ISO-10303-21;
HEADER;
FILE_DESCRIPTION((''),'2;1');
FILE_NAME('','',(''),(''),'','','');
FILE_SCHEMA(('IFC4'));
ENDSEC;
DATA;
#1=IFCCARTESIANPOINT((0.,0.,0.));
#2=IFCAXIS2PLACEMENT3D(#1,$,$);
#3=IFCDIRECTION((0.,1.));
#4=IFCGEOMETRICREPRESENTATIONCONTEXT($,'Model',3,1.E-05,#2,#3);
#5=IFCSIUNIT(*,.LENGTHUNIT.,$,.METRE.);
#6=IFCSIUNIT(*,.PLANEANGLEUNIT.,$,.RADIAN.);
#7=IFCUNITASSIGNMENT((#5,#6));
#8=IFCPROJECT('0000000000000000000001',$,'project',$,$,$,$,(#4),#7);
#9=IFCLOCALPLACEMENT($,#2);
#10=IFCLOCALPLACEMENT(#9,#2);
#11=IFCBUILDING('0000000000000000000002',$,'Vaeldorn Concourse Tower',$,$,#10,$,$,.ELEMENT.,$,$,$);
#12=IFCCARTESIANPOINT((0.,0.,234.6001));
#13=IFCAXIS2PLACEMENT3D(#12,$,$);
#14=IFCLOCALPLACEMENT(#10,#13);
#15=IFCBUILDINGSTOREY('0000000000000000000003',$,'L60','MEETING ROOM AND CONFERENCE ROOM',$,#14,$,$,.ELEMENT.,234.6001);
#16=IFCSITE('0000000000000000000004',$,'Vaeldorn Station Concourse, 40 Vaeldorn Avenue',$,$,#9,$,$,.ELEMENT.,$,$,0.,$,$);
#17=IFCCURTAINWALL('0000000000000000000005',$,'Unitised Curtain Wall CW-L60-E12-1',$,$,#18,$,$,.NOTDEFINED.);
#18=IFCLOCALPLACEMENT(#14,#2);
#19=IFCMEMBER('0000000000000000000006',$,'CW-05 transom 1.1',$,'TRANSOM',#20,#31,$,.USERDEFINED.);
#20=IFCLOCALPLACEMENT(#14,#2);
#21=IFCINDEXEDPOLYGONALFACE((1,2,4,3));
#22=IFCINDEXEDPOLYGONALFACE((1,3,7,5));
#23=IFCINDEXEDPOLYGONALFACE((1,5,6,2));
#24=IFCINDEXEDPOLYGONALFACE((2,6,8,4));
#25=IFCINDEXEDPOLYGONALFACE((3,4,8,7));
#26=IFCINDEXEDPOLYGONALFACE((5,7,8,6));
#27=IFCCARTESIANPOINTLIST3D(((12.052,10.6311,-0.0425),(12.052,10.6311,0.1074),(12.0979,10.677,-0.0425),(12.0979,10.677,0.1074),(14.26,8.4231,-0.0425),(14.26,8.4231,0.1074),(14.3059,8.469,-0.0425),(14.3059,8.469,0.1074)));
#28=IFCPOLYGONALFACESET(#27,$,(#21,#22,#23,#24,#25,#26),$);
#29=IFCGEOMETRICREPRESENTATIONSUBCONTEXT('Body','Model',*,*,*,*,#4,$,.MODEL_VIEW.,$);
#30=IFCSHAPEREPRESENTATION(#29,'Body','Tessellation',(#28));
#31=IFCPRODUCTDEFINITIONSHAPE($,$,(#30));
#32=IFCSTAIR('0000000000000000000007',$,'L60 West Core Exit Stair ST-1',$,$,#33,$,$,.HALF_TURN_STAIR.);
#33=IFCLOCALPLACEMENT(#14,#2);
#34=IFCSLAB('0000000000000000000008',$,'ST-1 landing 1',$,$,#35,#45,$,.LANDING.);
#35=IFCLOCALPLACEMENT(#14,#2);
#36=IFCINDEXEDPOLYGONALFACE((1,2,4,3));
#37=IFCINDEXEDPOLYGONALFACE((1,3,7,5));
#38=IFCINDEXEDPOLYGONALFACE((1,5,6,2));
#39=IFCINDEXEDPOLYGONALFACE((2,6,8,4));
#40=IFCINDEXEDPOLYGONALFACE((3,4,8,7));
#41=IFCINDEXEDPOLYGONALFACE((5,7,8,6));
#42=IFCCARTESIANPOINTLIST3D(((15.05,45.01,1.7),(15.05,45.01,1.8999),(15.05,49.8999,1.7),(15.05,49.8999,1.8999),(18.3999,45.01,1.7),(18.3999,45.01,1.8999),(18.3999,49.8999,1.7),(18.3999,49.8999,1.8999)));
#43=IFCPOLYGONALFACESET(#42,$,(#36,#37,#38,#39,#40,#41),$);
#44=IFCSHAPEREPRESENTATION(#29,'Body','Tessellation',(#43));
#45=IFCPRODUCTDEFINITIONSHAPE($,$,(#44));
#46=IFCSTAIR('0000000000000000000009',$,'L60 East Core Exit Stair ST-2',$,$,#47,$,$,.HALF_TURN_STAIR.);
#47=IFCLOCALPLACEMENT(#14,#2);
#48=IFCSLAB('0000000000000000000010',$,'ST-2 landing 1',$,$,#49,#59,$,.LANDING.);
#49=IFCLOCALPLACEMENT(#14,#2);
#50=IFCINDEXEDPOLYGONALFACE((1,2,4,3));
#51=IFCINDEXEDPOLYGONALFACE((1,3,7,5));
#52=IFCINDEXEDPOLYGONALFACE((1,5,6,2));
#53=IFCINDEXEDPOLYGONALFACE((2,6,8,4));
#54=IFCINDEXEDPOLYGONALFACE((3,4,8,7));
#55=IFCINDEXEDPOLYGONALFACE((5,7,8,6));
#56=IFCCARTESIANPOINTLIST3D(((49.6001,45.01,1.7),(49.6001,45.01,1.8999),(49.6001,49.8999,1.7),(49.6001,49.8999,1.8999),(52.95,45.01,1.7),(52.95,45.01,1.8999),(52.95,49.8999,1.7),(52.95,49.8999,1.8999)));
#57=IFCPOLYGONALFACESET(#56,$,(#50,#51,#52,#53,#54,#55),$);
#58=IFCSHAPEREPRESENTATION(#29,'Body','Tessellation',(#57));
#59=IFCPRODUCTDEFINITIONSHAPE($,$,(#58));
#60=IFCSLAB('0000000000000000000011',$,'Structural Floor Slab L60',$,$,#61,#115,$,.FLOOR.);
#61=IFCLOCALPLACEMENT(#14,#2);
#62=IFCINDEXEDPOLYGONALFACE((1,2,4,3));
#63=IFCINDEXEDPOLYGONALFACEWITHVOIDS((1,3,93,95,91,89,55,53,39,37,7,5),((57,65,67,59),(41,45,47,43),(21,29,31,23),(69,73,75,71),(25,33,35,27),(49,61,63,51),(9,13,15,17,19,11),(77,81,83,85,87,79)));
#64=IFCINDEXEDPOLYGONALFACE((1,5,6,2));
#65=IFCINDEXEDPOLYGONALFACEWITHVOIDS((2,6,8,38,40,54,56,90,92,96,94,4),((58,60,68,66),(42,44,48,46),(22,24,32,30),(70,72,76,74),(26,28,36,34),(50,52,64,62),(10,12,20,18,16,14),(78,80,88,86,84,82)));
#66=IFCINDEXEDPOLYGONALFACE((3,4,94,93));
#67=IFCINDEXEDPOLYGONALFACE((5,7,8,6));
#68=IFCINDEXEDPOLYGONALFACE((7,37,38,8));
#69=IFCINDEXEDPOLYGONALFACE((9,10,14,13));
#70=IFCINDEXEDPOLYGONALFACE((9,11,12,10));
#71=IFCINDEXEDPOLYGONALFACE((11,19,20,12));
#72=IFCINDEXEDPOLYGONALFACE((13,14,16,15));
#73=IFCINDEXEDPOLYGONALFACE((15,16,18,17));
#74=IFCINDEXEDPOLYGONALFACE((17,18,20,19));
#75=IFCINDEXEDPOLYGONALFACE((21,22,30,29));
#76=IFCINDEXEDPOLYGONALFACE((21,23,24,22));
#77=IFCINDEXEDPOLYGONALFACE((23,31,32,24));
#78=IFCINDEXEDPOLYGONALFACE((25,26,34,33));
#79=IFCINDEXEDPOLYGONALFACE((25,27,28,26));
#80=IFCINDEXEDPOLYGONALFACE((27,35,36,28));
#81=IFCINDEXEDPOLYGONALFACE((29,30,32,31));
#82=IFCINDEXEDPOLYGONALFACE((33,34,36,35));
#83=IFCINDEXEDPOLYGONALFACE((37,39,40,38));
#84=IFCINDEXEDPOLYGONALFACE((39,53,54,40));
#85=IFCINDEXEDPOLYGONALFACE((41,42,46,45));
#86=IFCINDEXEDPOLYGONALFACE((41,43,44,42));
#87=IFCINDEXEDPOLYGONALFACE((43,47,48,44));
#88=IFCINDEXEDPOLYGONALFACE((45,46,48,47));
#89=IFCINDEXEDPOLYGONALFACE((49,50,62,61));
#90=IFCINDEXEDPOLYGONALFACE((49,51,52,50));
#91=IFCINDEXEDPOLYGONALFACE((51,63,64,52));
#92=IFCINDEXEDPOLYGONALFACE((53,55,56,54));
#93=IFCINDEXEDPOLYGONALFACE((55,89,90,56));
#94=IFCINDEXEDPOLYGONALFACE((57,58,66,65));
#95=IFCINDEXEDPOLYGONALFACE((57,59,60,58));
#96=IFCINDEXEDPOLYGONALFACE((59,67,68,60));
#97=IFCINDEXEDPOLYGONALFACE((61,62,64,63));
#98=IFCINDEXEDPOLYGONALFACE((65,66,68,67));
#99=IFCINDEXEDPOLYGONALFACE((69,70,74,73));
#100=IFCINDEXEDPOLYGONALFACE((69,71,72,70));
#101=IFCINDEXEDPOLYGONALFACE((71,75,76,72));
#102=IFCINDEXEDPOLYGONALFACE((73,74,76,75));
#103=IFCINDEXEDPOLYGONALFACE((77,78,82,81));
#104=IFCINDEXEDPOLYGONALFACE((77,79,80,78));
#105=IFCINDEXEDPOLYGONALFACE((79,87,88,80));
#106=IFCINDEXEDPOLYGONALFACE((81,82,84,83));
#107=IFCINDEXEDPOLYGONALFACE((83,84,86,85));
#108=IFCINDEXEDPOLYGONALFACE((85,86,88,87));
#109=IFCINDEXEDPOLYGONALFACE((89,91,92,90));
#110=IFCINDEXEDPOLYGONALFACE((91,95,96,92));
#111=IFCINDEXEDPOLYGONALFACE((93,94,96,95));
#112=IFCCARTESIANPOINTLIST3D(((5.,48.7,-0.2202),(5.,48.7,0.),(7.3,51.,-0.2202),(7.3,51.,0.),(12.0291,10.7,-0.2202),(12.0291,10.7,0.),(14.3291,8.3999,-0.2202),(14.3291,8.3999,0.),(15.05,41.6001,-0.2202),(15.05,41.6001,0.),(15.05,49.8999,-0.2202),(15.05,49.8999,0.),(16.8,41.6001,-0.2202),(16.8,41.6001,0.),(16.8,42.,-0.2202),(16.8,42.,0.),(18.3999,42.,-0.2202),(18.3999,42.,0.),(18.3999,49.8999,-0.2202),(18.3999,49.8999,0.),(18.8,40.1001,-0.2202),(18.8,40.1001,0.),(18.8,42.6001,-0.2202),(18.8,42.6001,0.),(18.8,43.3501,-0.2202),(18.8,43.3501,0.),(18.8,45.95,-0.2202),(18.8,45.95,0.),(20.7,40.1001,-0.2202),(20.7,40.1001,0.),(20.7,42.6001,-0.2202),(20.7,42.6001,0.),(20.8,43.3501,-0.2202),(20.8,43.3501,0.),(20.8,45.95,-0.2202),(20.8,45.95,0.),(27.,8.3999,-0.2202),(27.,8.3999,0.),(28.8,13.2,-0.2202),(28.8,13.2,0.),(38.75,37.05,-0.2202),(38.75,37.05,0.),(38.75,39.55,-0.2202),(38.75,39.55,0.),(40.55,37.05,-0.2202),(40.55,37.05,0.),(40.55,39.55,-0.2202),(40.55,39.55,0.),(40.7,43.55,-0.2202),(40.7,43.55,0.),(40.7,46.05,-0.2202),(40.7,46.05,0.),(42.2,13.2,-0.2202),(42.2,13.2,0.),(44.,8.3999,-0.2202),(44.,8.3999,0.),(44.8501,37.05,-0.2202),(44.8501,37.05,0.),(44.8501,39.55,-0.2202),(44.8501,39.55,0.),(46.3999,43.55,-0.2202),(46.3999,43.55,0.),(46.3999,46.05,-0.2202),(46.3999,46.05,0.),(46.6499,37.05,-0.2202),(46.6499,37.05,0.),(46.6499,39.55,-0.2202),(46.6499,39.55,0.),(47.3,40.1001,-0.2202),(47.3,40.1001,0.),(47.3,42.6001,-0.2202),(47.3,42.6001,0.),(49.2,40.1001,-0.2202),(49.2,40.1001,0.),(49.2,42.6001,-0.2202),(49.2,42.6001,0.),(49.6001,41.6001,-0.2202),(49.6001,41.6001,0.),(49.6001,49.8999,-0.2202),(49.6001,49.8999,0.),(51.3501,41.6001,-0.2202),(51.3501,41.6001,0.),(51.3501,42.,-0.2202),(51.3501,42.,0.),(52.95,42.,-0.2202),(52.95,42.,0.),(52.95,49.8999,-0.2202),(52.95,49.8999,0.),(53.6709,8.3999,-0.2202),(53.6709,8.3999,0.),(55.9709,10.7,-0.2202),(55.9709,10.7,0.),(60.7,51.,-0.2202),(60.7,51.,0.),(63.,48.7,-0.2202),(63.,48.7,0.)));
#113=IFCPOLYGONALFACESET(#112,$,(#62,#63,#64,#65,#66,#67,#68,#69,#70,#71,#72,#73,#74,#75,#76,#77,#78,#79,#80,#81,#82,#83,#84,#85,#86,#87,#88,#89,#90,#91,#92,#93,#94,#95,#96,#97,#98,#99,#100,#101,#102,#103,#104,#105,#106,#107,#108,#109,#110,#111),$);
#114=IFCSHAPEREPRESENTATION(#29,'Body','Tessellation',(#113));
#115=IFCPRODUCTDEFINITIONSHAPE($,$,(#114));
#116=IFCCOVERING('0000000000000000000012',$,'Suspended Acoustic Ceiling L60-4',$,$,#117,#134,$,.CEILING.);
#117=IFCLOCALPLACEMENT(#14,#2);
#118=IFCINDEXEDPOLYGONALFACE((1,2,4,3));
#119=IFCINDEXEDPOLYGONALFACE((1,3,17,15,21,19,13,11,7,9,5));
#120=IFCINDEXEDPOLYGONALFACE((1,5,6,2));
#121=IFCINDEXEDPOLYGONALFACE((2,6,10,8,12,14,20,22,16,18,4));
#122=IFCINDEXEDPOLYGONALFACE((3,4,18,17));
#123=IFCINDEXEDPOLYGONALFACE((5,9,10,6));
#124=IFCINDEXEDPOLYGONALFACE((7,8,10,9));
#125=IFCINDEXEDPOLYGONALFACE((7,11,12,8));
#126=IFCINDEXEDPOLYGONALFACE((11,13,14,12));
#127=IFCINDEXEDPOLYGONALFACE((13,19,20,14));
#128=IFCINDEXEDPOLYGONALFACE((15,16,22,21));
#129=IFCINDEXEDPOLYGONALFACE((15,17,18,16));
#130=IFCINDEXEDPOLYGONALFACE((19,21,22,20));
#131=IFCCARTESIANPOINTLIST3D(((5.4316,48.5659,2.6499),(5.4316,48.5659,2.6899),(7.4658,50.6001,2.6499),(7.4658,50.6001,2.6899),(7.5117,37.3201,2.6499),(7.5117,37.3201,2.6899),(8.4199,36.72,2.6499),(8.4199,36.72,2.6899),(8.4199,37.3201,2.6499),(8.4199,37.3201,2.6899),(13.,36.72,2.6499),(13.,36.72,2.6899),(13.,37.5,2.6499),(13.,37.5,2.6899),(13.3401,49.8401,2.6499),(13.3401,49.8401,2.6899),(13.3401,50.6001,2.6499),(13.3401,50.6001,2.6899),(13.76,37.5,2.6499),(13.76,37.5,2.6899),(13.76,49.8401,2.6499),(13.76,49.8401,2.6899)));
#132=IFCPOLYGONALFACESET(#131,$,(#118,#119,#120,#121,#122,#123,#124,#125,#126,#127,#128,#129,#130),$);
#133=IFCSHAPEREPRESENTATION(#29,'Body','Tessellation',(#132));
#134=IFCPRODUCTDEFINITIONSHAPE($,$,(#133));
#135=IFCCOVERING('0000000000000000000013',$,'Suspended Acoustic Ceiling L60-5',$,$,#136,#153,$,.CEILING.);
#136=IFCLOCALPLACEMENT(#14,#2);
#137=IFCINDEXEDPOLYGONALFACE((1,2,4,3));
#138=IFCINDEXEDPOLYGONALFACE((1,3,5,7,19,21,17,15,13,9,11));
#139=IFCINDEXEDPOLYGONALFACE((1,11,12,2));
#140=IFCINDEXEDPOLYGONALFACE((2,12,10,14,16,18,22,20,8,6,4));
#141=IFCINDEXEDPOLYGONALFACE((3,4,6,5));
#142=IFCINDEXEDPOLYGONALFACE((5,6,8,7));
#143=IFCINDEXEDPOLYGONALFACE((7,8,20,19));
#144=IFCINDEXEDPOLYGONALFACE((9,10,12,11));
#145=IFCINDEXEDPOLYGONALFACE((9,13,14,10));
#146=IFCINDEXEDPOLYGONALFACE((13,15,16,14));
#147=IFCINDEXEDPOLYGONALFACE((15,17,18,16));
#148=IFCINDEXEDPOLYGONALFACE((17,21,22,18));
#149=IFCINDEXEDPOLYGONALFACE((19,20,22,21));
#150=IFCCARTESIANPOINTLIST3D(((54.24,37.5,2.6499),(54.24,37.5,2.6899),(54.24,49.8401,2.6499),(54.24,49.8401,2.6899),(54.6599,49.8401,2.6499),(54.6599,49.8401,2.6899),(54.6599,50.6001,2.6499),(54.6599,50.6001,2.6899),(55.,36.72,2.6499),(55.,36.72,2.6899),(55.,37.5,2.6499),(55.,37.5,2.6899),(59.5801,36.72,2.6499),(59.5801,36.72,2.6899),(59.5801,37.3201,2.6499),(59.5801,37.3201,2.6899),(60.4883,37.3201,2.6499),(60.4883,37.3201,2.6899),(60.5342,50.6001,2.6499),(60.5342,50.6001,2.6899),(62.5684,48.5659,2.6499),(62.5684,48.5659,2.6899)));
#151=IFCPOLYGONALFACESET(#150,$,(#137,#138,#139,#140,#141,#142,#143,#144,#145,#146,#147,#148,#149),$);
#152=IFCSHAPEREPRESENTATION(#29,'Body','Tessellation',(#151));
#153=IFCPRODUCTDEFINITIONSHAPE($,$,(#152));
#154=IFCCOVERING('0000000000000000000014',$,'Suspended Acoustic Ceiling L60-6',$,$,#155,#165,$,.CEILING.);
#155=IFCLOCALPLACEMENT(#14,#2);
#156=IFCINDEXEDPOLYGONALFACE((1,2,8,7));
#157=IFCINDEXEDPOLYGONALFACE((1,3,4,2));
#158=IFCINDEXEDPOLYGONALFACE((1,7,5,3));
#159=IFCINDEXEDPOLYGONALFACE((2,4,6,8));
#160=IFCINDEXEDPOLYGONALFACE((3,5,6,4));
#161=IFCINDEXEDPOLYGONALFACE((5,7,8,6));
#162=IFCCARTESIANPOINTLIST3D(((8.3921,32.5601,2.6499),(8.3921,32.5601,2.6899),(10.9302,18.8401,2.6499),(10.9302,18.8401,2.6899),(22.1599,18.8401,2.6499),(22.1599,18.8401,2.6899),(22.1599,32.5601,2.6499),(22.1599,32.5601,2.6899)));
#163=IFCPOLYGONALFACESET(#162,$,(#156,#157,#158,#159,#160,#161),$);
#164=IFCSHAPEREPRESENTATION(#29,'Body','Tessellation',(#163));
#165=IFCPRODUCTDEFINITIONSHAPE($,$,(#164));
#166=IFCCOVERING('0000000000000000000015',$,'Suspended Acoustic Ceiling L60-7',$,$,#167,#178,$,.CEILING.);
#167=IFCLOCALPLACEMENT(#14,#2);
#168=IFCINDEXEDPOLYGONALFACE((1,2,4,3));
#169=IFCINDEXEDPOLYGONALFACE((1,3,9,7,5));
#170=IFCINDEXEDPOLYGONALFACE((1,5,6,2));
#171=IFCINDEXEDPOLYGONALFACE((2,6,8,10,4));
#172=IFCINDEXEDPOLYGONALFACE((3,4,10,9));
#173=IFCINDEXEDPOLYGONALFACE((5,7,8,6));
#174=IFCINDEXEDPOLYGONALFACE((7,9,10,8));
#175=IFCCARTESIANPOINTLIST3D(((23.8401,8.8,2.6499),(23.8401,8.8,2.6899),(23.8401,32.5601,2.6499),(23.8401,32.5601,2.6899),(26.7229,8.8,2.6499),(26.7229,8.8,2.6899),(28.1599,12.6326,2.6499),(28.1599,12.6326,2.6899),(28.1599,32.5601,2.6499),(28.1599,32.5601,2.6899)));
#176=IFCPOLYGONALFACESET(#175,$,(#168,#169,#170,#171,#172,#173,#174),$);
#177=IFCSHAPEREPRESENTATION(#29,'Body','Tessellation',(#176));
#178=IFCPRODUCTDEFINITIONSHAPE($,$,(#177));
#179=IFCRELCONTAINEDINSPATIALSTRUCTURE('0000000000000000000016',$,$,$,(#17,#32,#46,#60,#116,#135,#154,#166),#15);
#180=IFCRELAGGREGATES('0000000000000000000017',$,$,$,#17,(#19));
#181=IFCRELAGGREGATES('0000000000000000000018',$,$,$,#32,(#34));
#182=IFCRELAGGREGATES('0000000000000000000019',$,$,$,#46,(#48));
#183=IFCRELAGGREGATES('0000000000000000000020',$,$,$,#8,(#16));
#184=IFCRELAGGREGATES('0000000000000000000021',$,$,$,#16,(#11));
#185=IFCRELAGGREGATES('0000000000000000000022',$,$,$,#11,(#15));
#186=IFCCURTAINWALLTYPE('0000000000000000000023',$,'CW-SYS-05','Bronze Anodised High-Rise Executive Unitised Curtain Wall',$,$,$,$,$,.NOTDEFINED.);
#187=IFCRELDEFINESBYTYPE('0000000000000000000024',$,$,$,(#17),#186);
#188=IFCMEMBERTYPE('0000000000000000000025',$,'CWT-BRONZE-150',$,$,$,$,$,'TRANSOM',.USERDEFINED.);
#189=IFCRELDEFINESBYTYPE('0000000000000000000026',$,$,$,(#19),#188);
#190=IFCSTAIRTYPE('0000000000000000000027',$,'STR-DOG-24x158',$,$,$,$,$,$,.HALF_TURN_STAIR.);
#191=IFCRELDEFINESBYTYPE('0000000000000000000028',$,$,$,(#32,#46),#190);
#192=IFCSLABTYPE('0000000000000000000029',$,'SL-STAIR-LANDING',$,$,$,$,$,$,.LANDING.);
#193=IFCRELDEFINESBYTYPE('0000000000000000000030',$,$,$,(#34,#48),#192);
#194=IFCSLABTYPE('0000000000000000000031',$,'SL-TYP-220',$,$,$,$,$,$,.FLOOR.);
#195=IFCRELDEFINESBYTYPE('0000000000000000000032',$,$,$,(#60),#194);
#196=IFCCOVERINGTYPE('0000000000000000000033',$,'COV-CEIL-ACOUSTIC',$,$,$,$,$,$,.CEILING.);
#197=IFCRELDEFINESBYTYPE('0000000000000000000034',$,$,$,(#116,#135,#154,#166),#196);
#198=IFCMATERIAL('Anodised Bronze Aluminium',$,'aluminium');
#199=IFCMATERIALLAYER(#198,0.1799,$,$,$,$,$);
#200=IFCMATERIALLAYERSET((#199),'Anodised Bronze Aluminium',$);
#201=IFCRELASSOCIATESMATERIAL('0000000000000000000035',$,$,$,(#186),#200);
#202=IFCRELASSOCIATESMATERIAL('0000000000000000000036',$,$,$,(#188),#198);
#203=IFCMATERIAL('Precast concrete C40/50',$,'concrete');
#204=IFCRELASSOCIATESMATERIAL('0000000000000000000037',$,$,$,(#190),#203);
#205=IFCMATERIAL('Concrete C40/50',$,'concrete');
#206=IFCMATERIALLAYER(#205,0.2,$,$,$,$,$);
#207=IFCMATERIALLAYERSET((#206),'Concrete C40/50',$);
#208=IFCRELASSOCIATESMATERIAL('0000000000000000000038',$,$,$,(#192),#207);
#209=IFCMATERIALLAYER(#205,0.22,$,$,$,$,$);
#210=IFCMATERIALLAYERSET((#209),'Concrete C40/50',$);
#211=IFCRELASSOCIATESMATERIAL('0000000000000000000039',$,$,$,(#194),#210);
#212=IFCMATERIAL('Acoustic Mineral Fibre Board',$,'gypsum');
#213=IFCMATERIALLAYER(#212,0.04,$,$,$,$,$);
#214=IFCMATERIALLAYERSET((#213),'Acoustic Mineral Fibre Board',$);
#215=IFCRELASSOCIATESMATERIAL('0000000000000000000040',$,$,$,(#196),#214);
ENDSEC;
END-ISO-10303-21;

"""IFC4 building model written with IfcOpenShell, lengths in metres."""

from ifc_helpers import new_model, si_unit, direction, frame, origin, origin_2d, place, context, subcontext, project, spatial, polyline, rectangle, outline, extrude, source, transform, mapped, material, layer, layer_set, material_profile, profile_set, type_object, element, aggregate, save


model = new_model("IFC4")

# Units and contexts
model_context = context("Model", 3, precision=1e-05, world=origin(), true_north=direction((0.0, 1.0)))
body_context = subcontext(model_context, "Body", "Model", "MODEL_VIEW")
ifc_project = project(units=[si_unit("LENGTHUNIT", "METRE"), si_unit("PLANEANGLEUNIT", "RADIAN")], contexts=[model_context])

# Site, building, storey
site_placement = place(None, origin())
site = spatial("IfcSite", under=ifc_project, at=site_placement, Name="Vaeldorn Station Concourse, 40 Vaeldorn Avenue", CompositionType="ELEMENT", RefElevation=0.0)
building_placement = place(site_placement, origin())
building = spatial("IfcBuilding", under=site, at=building_placement, Name="Vaeldorn Concourse Tower", CompositionType="ELEMENT")
storey_placement = place(building_placement, frame((0.0, 0.0, 234.6001)))
storey = spatial("IfcBuildingStorey", under=building, at=storey_placement, Name="L60", Description="MEETING ROOM AND CONFERENCE ROOM", CompositionType="ELEMENT", Elevation=234.6001)

# Curtain wall, member
ifc_material_1 = material(Name="Anodised Bronze Aluminium", Category="aluminium")
ifc_layer_1 = layer(ifc_material_1, 0.1799)
ifc_layer_set_1 = layer_set([ifc_layer_1], Name="Anodised Bronze Aluminium")
curtain_wall_type = type_object("IfcCurtainWallType", Name="CW-SYS-05", Description="Bronze Anodised High-Rise Executive Unitised Curtain Wall", PredefinedType="NOTDEFINED", material=ifc_layer_set_1)
curtain_wall_placement = place(storey_placement, origin())
curtain_wall = element("IfcCurtainWall", 1, at=curtain_wall_placement, inside=storey, type_object=curtain_wall_type, Name="Unitised Curtain Wall CW-L60-E12-1", PredefinedType="NOTDEFINED")
ifc_material_profile = material_profile(ifc_material_1, rectangle(XDim=0.0649, YDim=0.1499, at=origin_2d()), Name="CWT 65x150")
ifc_profile_set = profile_set([ifc_material_profile], Name="Anodised Bronze Aluminium")
member_type = type_object("IfcMemberType", Name="CWT-BRONZE-150", ElementType="TRANSOM", PredefinedType="USERDEFINED", material=ifc_profile_set)
shared_shape = source(origin(), body_context, "Body", "SweptSolid", [
    extrude(rectangle(XDim=0.0649, YDim=0.1499, at=origin_2d()), origin(), (0.0, 0.0, 1.0), 3.1226),
])
member_placement = place(storey_placement, frame((12.075, 10.6541, 0.0325), z_axis=(0.707107, -0.707107, 0.0), x_axis=(0.707107, 0.707107, 0.0)))
member = element("IfcMember", 2, at=member_placement, type_object=member_type, Name="CW-05 transom 1.1", ObjectType="TRANSOM", PredefinedType="USERDEFINED", context=body_context, shape_type="MappedRepresentation", body=[
    mapped(shared_shape, transform((0.0, 0.0, 0.0), scale=1.0)),
])
aggregate(curtain_wall, [member])

# Stairs, slabs
ifc_material_2 = material(Name="Precast concrete C40/50", Category="concrete")
stair_type = type_object("IfcStairType", Name="STR-DOG-24x158", PredefinedType="HALF_TURN_STAIR", material=ifc_material_2)
stair_1_placement = place(storey_placement, origin())
stair_1 = element("IfcStair", 3, at=stair_1_placement, inside=storey, type_object=stair_type, Name="L60 West Core Exit Stair ST-1", PredefinedType="HALF_TURN_STAIR")
ifc_material_3 = material(Name="Concrete C40/50", Category="concrete")
ifc_layer_2 = layer(ifc_material_3, 0.2)
ifc_layer_set_2 = layer_set([ifc_layer_2], Name="Concrete C40/50")
slab_type_1 = type_object("IfcSlabType", Name="SL-STAIR-LANDING", PredefinedType="LANDING", material=ifc_layer_set_2)
slab_1_placement = place(storey_placement, frame((0.0, 0.0, 1.7)))
slab_1 = element("IfcSlab", 4, at=slab_1_placement, type_object=slab_type_1, Name="ST-1 landing 1", PredefinedType="LANDING", context=body_context, shape_type="SweptSolid", body=[
    extrude(outline(polyline([(18.3999, 45.01), (18.3999, 49.8999), (15.05, 49.8999), (15.05, 45.01), (18.3999, 45.01)])), origin(), (0.0, 0.0, 1.0), 0.2),
])
aggregate(stair_1, [slab_1])
stair_2_placement = place(storey_placement, origin())
stair_2 = element("IfcStair", 5, at=stair_2_placement, inside=storey, type_object=stair_type, Name="L60 East Core Exit Stair ST-2", PredefinedType="HALF_TURN_STAIR")
slab_2_placement = place(storey_placement, frame((0.0, 0.0, 1.7)))
slab_2 = element("IfcSlab", 6, at=slab_2_placement, type_object=slab_type_1, Name="ST-2 landing 1", PredefinedType="LANDING", context=body_context, shape_type="SweptSolid", body=[
    extrude(outline(polyline([(52.95, 45.01), (52.95, 49.8999), (49.6001, 49.8999), (49.6001, 45.01), (52.95, 45.01)])), origin(), (0.0, 0.0, 1.0), 0.2),
])
aggregate(stair_2, [slab_2])

# Slab
ifc_layer_3 = layer(ifc_material_3, 0.22)
ifc_layer_set_3 = layer_set([ifc_layer_3], Name="Concrete C40/50")
slab_type_2 = type_object("IfcSlabType", Name="SL-TYP-220", PredefinedType="FLOOR", material=ifc_layer_set_3)
slab_3_placement = place(storey_placement, frame((0.0, 0.0, -0.2202)))
element("IfcSlab", 7, at=slab_3_placement, inside=storey, type_object=slab_type_2, Name="Structural Floor Slab L60", PredefinedType="FLOOR", context=body_context, shape_type="SweptSolid", body=[
    extrude(outline(polyline([(14.3291, 8.3999), (27.0, 8.3999), (28.8, 13.2), (42.2, 13.2), (44.0, 8.3999), (53.6709, 8.3999), (55.9709, 10.7), (63.0, 48.7), (60.7, 51.0), (7.3, 51.0), (5.0, 48.7), (12.0291, 10.7), (14.3291, 8.3999)]), holes=[polyline([(18.3999, 42.0), (18.3999, 49.8999), (15.05, 49.8999), (15.05, 41.6001), (16.8, 41.6001), (16.8, 42.0), (18.3999, 42.0)]), polyline([(52.95, 42.0), (52.95, 49.8999), (49.6001, 49.8999), (49.6001, 41.6001), (51.3501, 41.6001), (51.3501, 42.0), (52.95, 42.0)]), polyline([(38.75, 37.05), (40.55, 37.05), (40.55, 39.55), (38.75, 39.55), (38.75, 37.05)]), polyline([(44.8501, 37.05), (46.6499, 37.05), (46.6499, 39.55), (44.8501, 39.55), (44.8501, 37.05)]), polyline([(40.7, 43.55), (46.3999, 43.55), (46.3999, 46.05), (40.7, 46.05), (40.7, 43.55)]), polyline([(18.8, 43.3501), (20.8, 43.3501), (20.8, 45.95), (18.8, 45.95), (18.8, 43.3501)]), polyline([(18.8, 40.1001), (20.7, 40.1001), (20.7, 42.6001), (18.8, 42.6001), (18.8, 40.1001)]), polyline([(47.3, 40.1001), (49.2, 40.1001), (49.2, 42.6001), (47.3, 42.6001), (47.3, 40.1001)])]), origin(), (0.0, 0.0, 1.0), 0.2202),
])

# Coverings
ifc_material_4 = material(Name="Acoustic Mineral Fibre Board", Category="gypsum")
ifc_layer_4 = layer(ifc_material_4, 0.04)
ifc_layer_set_4 = layer_set([ifc_layer_4], Name="Acoustic Mineral Fibre Board")
covering_type_1 = type_object("IfcCoveringType", Name="COV-CEIL-ACOUSTIC", PredefinedType="CEILING", material=ifc_layer_set_4)
covering_1_placement = place(storey_placement, frame((0.0, 0.0, 2.6499)))
element("IfcCovering", 8, at=covering_1_placement, inside=storey, type_object=covering_type_1, Name="Suspended Acoustic Ceiling L60-4", PredefinedType="CEILING", context=body_context, shape_type="SweptSolid", body=[
    extrude(outline(polyline([(13.3401, 50.6001), (13.3401, 49.8401), (13.76, 49.8401), (13.76, 37.5), (13.0, 37.5), (13.0, 36.72), (8.4199, 36.72), (8.4199, 37.3201), (7.5117, 37.3201), (5.4316, 48.5659), (7.4658, 50.6001), (13.3401, 50.6001)])), origin(), (0.0, 0.0, 1.0), 0.04),
])
covering_2_placement = place(storey_placement, frame((0.0, 0.0, 2.6499)))
element("IfcCovering", 9, at=covering_2_placement, inside=storey, type_object=covering_type_1, Name="Suspended Acoustic Ceiling L60-5", PredefinedType="CEILING", context=body_context, shape_type="SweptSolid", body=[
    extrude(outline(polyline([(54.6599, 49.8401), (54.6599, 50.6001), (60.5342, 50.6001), (62.5684, 48.5659), (60.4883, 37.3201), (59.5801, 37.3201), (59.5801, 36.72), (55.0, 36.72), (55.0, 37.5), (54.24, 37.5), (54.24, 49.8401), (54.6599, 49.8401)])), origin(), (0.0, 0.0, 1.0), 0.04),
])
covering_3_placement = place(storey_placement, frame((0.0, 0.0, 2.6499)))
element("IfcCovering", 10, at=covering_3_placement, inside=storey, type_object=covering_type_1, Name="Suspended Acoustic Ceiling L60-6", PredefinedType="CEILING", context=body_context, shape_type="SweptSolid", body=[
    extrude(outline(polyline([(22.1599, 32.5601), (22.1599, 18.8401), (10.9302, 18.8401), (8.3921, 32.5601), (22.1599, 32.5601)])), origin(), (0.0, 0.0, 1.0), 0.04),
])
covering_4_placement = place(storey_placement, frame((0.0, 0.0, 2.6499)))
element("IfcCovering", 11, at=covering_4_placement, inside=storey, type_object=covering_type_1, Name="Suspended Acoustic Ceiling L60-7", PredefinedType="CEILING", context=body_context, shape_type="SweptSolid", body=[
    extrude(outline(polyline([(23.8401, 8.8), (23.8401, 32.5601), (28.1599, 32.5601), (28.1599, 12.6326), (26.7229, 8.8), (23.8401, 8.8)])), origin(), (0.0, 0.0, 1.0), 0.04),
])

save(model, "model.ifc")
